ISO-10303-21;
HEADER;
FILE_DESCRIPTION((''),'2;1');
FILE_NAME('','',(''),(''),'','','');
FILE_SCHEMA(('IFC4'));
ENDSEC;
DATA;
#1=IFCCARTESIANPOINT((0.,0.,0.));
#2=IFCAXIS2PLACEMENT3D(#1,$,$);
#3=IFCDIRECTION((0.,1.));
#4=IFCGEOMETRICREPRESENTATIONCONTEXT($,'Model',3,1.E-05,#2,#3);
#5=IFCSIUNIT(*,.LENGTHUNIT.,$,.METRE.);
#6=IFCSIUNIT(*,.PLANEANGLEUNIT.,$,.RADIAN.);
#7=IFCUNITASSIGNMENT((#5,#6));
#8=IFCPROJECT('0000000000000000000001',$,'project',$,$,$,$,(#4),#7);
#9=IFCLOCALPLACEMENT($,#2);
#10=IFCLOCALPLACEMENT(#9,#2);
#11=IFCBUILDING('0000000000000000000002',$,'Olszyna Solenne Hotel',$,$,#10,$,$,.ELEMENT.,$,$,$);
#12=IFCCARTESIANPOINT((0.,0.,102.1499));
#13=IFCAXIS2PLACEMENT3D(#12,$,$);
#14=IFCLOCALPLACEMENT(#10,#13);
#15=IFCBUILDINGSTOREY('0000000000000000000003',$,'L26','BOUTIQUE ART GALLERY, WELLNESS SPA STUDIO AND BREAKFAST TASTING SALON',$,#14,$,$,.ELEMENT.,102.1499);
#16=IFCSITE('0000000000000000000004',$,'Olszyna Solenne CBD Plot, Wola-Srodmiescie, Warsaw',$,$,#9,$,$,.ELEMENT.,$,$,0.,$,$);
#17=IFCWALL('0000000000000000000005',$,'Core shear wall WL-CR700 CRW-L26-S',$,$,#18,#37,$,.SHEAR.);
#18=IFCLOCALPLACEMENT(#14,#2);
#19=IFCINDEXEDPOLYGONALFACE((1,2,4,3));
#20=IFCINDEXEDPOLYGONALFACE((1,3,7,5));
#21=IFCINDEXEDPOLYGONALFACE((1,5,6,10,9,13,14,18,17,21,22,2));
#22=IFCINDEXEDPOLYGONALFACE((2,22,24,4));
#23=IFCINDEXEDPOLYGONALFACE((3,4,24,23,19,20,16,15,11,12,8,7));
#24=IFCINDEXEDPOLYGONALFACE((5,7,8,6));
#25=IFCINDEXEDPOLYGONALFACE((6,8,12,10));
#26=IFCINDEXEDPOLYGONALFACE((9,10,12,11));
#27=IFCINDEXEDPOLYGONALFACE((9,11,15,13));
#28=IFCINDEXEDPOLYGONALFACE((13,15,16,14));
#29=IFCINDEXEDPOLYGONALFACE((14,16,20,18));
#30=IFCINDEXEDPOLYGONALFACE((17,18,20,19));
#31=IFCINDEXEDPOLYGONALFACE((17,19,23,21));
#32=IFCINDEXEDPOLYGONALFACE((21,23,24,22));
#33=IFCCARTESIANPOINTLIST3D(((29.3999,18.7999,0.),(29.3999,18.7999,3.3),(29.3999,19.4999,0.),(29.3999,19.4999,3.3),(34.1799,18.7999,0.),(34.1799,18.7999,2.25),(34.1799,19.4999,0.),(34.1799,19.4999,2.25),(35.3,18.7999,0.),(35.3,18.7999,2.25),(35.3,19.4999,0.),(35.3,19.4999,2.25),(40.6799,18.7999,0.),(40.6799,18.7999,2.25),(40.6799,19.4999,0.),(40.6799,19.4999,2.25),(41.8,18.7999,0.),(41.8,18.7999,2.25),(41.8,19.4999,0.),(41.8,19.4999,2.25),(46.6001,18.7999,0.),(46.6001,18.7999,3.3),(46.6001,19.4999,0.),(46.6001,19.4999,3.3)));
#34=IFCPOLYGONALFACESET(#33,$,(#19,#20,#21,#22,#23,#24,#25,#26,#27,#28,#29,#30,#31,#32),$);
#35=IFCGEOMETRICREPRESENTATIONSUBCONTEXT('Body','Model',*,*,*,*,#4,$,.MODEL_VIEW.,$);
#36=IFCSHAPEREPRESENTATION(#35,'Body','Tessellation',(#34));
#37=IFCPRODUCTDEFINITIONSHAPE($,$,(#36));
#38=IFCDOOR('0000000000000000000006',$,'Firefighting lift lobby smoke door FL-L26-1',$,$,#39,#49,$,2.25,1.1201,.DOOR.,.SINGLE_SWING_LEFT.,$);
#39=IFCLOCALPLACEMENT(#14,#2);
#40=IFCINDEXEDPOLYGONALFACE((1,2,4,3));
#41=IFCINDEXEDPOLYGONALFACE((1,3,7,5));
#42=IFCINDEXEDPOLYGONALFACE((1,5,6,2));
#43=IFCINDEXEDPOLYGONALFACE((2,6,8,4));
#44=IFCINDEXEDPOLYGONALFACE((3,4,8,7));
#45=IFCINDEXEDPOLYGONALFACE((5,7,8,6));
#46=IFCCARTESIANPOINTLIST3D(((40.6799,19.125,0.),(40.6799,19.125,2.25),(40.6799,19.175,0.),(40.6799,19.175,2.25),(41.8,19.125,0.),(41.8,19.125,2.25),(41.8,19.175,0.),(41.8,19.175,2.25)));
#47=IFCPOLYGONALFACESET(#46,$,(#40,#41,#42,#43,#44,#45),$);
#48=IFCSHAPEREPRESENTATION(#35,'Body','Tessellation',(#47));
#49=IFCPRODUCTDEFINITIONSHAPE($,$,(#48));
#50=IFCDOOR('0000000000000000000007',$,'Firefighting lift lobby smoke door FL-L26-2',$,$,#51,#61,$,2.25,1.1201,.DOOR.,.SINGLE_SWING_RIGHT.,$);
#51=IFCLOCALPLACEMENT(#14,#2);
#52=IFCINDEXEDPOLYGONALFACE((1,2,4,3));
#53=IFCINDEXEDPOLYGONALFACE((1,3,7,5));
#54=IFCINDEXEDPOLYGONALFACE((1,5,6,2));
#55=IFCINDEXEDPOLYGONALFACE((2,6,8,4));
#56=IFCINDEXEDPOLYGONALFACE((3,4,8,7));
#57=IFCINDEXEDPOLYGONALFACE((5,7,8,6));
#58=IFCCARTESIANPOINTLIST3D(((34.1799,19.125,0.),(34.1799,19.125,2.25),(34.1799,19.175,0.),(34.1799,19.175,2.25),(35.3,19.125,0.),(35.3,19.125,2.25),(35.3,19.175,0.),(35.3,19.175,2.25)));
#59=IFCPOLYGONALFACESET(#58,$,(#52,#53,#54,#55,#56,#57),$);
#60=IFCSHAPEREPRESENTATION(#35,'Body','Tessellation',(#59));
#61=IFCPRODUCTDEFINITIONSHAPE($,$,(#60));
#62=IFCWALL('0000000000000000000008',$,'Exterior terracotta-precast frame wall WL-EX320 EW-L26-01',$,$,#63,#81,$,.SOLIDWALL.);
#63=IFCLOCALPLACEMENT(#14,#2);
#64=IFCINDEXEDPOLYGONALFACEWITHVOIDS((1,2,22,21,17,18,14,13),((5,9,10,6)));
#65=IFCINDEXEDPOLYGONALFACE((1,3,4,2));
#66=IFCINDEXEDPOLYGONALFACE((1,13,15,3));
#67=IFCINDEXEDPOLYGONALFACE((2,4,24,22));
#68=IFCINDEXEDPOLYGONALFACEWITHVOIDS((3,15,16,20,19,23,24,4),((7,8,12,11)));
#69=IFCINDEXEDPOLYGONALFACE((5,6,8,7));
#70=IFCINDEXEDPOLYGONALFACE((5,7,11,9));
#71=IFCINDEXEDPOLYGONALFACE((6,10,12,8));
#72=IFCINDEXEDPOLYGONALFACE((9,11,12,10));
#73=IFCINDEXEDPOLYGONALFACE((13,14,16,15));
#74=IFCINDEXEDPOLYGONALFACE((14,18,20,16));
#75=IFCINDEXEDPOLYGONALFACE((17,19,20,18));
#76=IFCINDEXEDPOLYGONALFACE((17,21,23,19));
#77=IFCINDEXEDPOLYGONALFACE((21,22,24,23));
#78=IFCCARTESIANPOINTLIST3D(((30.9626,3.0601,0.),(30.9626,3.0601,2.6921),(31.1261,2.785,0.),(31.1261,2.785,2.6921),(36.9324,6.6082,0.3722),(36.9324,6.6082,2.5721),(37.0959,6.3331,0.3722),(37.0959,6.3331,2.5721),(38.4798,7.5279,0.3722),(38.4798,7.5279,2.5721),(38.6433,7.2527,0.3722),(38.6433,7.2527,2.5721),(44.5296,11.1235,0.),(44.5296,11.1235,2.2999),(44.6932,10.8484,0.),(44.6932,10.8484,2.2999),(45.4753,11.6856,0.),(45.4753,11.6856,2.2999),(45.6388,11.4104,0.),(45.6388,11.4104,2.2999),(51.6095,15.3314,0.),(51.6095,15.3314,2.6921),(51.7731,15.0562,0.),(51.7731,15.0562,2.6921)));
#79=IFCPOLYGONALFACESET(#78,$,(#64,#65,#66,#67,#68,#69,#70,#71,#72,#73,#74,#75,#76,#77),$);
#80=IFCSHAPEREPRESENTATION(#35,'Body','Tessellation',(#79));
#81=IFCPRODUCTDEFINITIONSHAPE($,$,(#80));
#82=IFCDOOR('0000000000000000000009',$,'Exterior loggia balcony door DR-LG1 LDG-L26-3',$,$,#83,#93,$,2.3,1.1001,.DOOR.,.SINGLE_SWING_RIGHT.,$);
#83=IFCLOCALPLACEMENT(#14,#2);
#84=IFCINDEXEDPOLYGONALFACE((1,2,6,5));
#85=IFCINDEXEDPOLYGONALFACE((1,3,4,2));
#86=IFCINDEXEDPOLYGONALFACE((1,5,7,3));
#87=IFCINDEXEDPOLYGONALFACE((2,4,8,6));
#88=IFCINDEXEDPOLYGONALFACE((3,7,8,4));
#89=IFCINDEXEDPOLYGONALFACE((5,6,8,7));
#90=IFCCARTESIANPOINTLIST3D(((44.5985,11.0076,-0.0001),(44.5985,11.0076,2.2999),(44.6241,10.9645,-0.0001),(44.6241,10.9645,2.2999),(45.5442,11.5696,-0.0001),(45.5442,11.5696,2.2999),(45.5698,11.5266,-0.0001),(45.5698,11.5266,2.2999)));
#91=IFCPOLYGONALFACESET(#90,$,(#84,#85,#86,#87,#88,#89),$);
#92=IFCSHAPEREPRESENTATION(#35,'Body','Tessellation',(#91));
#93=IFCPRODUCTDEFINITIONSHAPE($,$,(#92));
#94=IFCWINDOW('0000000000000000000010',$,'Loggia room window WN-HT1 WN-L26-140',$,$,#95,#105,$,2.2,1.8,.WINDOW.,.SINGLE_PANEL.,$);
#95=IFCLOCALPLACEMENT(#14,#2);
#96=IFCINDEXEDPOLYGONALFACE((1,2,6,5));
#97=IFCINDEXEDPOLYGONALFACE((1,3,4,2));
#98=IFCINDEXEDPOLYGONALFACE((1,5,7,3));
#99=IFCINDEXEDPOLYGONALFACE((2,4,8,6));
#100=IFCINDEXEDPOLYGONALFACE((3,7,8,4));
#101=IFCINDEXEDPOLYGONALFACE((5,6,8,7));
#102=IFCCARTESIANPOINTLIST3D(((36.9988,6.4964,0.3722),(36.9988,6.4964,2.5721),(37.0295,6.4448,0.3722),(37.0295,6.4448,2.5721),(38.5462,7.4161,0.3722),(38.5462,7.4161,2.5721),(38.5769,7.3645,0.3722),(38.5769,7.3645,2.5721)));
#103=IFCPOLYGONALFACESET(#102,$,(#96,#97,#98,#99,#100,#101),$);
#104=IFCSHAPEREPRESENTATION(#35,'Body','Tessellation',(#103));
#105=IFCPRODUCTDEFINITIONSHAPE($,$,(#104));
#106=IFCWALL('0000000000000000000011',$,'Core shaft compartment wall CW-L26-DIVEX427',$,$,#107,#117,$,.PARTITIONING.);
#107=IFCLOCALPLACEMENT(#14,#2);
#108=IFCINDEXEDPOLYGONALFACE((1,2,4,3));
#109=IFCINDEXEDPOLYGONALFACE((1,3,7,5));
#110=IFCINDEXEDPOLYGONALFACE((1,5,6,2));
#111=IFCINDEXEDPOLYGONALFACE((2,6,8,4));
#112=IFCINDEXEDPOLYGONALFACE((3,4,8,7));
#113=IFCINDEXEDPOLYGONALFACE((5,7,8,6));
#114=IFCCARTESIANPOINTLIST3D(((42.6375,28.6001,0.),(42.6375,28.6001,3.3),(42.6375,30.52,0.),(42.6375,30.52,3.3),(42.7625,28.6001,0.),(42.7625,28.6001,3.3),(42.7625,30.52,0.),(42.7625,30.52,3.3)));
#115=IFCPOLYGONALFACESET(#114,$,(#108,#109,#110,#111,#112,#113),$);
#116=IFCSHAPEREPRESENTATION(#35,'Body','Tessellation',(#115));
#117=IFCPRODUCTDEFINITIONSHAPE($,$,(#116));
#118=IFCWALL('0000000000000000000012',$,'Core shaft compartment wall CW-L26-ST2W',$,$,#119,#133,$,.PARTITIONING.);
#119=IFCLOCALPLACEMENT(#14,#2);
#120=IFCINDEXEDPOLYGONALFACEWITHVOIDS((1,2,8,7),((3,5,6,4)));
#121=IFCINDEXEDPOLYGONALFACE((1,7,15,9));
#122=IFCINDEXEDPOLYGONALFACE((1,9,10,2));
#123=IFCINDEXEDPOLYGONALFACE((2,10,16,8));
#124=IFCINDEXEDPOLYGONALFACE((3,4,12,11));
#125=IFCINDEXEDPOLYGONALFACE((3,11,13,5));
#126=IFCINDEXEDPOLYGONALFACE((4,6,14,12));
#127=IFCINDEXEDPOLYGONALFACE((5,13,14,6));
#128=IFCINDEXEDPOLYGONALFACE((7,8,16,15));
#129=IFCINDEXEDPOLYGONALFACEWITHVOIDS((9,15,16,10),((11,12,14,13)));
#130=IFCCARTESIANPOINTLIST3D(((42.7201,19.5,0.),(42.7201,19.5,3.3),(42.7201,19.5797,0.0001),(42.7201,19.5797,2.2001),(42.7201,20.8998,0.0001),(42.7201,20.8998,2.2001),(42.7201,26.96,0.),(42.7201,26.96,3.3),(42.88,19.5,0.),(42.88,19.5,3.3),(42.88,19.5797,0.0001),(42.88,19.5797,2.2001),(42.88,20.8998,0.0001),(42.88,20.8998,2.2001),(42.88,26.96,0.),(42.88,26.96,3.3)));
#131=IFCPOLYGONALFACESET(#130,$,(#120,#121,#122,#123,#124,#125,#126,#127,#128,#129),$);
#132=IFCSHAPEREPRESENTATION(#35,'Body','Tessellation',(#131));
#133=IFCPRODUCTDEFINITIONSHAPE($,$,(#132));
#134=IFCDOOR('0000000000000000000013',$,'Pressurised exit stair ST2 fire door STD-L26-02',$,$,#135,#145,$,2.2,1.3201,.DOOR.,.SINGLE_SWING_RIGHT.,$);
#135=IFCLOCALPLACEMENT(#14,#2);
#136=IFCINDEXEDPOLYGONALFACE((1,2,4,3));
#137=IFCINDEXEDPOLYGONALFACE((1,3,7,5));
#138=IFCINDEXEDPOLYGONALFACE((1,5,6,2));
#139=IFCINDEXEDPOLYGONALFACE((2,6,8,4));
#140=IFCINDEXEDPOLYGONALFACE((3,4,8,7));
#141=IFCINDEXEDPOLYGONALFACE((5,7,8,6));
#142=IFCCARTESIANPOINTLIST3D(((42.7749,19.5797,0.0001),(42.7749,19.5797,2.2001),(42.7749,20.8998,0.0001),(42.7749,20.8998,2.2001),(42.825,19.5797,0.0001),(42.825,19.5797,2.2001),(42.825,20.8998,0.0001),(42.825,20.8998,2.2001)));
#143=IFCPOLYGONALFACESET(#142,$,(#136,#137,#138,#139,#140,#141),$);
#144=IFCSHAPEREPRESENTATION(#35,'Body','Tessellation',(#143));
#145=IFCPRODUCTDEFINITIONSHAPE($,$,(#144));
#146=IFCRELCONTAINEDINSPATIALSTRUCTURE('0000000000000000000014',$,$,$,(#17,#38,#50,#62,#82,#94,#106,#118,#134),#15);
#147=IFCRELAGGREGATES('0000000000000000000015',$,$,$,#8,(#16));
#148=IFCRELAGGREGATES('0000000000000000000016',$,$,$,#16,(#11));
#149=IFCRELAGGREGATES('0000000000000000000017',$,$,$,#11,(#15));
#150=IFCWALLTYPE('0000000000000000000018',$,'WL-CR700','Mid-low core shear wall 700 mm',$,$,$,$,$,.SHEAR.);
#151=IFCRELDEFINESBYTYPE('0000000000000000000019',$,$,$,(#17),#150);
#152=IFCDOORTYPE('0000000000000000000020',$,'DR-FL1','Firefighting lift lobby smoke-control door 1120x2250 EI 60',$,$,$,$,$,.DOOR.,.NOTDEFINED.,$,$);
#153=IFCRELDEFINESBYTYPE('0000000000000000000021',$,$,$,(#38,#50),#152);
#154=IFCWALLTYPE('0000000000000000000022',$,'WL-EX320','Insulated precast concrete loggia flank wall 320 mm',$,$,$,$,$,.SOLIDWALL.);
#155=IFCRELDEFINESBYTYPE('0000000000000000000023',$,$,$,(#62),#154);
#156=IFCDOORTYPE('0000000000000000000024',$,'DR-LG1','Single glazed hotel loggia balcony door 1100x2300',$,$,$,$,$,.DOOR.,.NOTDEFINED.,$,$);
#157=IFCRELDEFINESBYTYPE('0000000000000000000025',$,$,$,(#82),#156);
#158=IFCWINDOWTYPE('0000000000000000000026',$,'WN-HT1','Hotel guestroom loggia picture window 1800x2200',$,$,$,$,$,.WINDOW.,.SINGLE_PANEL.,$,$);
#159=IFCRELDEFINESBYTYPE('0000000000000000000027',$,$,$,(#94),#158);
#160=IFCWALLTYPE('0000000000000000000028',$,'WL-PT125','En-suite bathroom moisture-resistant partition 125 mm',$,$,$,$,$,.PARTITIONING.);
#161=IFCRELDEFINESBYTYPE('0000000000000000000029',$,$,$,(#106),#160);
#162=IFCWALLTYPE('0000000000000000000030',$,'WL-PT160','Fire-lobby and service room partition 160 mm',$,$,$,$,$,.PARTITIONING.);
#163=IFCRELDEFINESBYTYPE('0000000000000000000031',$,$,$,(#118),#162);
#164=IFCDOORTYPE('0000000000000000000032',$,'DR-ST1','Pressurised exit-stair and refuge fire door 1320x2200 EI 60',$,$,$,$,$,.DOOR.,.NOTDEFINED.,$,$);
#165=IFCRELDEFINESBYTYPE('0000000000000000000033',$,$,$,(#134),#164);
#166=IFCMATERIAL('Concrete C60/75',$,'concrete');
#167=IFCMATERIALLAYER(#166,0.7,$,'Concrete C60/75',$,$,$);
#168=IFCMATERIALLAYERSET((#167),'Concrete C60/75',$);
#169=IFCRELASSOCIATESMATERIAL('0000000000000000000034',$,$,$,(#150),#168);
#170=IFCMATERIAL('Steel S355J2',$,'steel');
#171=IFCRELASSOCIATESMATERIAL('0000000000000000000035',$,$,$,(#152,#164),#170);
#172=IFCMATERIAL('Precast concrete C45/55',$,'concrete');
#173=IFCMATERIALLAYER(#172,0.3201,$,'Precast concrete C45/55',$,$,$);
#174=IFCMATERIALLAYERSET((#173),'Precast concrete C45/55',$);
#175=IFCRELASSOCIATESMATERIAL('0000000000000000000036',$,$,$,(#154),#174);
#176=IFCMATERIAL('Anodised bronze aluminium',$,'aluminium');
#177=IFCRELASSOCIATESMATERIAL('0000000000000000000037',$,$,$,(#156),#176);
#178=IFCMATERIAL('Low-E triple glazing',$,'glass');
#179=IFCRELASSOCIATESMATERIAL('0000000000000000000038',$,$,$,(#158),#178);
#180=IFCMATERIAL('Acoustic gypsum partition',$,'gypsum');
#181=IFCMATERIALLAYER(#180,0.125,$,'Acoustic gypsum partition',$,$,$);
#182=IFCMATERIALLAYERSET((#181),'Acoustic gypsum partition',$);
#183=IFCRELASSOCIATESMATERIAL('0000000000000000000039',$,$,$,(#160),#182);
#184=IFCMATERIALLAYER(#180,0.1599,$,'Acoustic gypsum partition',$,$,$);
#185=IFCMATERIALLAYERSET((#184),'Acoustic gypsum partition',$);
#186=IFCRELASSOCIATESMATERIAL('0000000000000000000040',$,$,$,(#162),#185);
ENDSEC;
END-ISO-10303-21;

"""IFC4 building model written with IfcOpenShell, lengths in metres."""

from ifc_helpers import new_model, si_unit, direction, frame, frame_2d, origin, place, context, subcontext, project, spatial, rectangle, extrude, source, transform, mapped, material, layer, layer_set, type_object, type_shapes, element, fill, save


model = new_model("IFC4")

# Units and contexts
model_context = context("Model", 3, precision=1e-05, world=origin(), true_north=direction((0.0, 1.0)))
body_context = subcontext(model_context, "Body", "Model", "MODEL_VIEW")
ifc_project = project(units=[si_unit("LENGTHUNIT", "METRE"), si_unit("PLANEANGLEUNIT", "RADIAN")], contexts=[model_context])

# Site, building, storey
site_placement = place(None, origin())
site = spatial("IfcSite", under=ifc_project, at=site_placement, Name="Olszyna Solenne CBD Plot, Wola-Srodmiescie, Warsaw", CompositionType="ELEMENT", RefElevation=0.0)
building_placement = place(site_placement, origin())
building = spatial("IfcBuilding", under=site, at=building_placement, Name="Olszyna Solenne Hotel", CompositionType="ELEMENT")
storey_placement = place(building_placement, frame((0.0, 0.0, 102.1499)))
storey = spatial("IfcBuildingStorey", under=building, at=storey_placement, Name="L26", Description="BOUTIQUE ART GALLERY, WELLNESS SPA STUDIO AND BREAKFAST TASTING SALON", CompositionType="ELEMENT", Elevation=102.1499)

# Shared definitions
ifc_material_1 = material(Name="Steel S355J2", Category="steel")

# Wall, openings, doors
ifc_material_2 = material(Name="Concrete C60/75", Category="concrete")
ifc_layer_1 = layer(ifc_material_2, 0.7, Name="Concrete C60/75")
ifc_layer_set_1 = layer_set([ifc_layer_1], Name="Concrete C60/75")
wall_type_1 = type_object("IfcWallType", Name="WL-CR700", Description="Mid-low core shear wall 700 mm", PredefinedType="SHEAR", material=ifc_layer_set_1)
wall_1_placement = place(storey_placement, frame((46.6001, 19.1499, 0.0), z_axis=(0.0, 0.0, 1.0), x_axis=(-1.0, 0.0, 0.0)))
wall_1 = element("IfcWall", 1, at=wall_1_placement, inside=storey, type_object=wall_type_1, Name="Core shear wall WL-CR700 CRW-L26-S", PredefinedType="SHEAR", context=body_context, shape_type="SweptSolid", body=[
    extrude(rectangle(XDim=17.2002, YDim=0.7, at=frame_2d((8.6001, 0.0))), origin(), (0.0, 0.0, 1.0), 3.3),
])
opening_1_placement = place(wall_1_placement, frame((4.8, 0.0, 0.0)))
opening_1 = element("IfcOpeningElement", 2, at=opening_1_placement, cuts=wall_1, PredefinedType="OPENING", context=body_context, shape_type="SweptSolid", body=[
    extrude(rectangle(XDim=1.1201, YDim=2.25, at=frame_2d((0.5601, 1.125))), frame((0.0, 0.3599, 0.0), z_axis=(0.0, -1.0, 0.0), x_axis=(1.0, 0.0, 0.0)), (0.0, 0.0, 1.0), 0.72),
])
opening_2_placement = place(wall_1_placement, frame((11.3, 0.0, 0.0)))
opening_2 = element("IfcOpeningElement", 3, at=opening_2_placement, cuts=wall_1, PredefinedType="OPENING", context=body_context, shape_type="SweptSolid", body=[
    extrude(rectangle(XDim=1.1201, YDim=2.25, at=frame_2d((0.5601, 1.125))), frame((0.0, 0.3599, 0.0), z_axis=(0.0, -1.0, 0.0), x_axis=(1.0, 0.0, 0.0)), (0.0, 0.0, 1.0), 0.72),
])
door_type_1 = type_object("IfcDoorType", Name="DR-FL1", Description="Firefighting lift lobby smoke-control door 1120x2250 EI 60", OperationType="NOTDEFINED", PredefinedType="DOOR", material=ifc_material_1)
shared_shape_1 = source(origin(), body_context, "Body", "SweptSolid", [
    extrude(rectangle(XDim=1.1201, YDim=2.25, at=frame_2d((0.5601, 1.125))), frame((0.0, 0.0249, 0.0), z_axis=(0.0, -1.0, 0.0), x_axis=(1.0, 0.0, 0.0)), (0.0, 0.0, 1.0), 0.05),
])
type_shapes(door_type_1, [shared_shape_1])
door_1_placement = place(opening_1_placement, origin())
door_1 = element("IfcDoor", 4, at=door_1_placement, inside=storey, type_object=door_type_1, Name="Firefighting lift lobby smoke door FL-L26-1", OperationType="SINGLE_SWING_LEFT", OverallHeight=2.25, OverallWidth=1.1201, PredefinedType="DOOR", context=body_context, shape_type="MappedRepresentation", body=[
    mapped(shared_shape_1, transform((0.0, 0.0, 0.0), x_axis=(1.0, 0.0, 0.0), y_axis=(0.0, 1.0, 0.0), z_axis=(0.0, 0.0, 1.0), scale=1.0)),
])
fill(opening_1, door_1)
door_2_placement = place(opening_2_placement, origin())
door_2 = element("IfcDoor", 5, at=door_2_placement, inside=storey, type_object=door_type_1, Name="Firefighting lift lobby smoke door FL-L26-2", OperationType="SINGLE_SWING_RIGHT", OverallHeight=2.25, OverallWidth=1.1201, PredefinedType="DOOR", context=body_context, shape_type="MappedRepresentation", body=[
    mapped(shared_shape_1, transform((0.0, 0.0, 0.0), x_axis=(1.0, 0.0, 0.0), y_axis=(0.0, 1.0, 0.0), z_axis=(0.0, 0.0, 1.0), scale=1.0)),
])
fill(opening_2, door_2)

# Wall, openings, door, window
ifc_material_3 = material(Name="Precast concrete C45/55", Category="concrete")
ifc_layer_2 = layer(ifc_material_3, 0.3201, Name="Precast concrete C45/55")
ifc_layer_set_2 = layer_set([ifc_layer_2], Name="Precast concrete C45/55")
wall_type_2 = type_object("IfcWallType", Name="WL-EX320", Description="Insulated precast concrete loggia flank wall 320 mm", PredefinedType="SOLIDWALL", material=ifc_layer_set_2)
wall_2_placement = place(storey_placement, frame((51.6914, 15.1938, 0.0), z_axis=(0.0, 0.0, 1.0), x_axis=(-0.859634, -0.510911, 0.0)))
wall_2 = element("IfcWall", 6, at=wall_2_placement, inside=storey, type_object=wall_type_2, Name="Exterior terracotta-precast frame wall WL-EX320 EW-L26-01", PredefinedType="SOLIDWALL", context=body_context, shape_type="SweptSolid", body=[
    extrude(rectangle(XDim=24.0183, YDim=0.3201, at=frame_2d((12.0093, 0.0))), origin(), (0.0, 0.0, 1.0), 2.6921),
])
opening_3_placement = place(wall_2_placement, frame((7.136, 0.0, 0.0)))
opening_3 = element("IfcOpeningElement", 7, at=opening_3_placement, cuts=wall_2, PredefinedType="OPENING", context=body_context, shape_type="SweptSolid", body=[
    extrude(rectangle(XDim=1.1001, YDim=2.3, at=frame_2d((0.55, 1.1499))), frame((0.0, 0.1699, 0.0), z_axis=(0.0, -1.0, 0.0), x_axis=(1.0, 0.0, 0.0)), (0.0, 0.0, 1.0), 0.3401),
])
opening_4_placement = place(wall_2_placement, frame((15.2739, 0.0, 0.3721)))
opening_4 = element("IfcOpeningElement", 8, at=opening_4_placement, cuts=wall_2, PredefinedType="OPENING", context=body_context, shape_type="SweptSolid", body=[
    extrude(rectangle(XDim=1.8, YDim=2.2, at=frame_2d((0.8999, 1.1001))), frame((0.0, 0.1699, 0.0), z_axis=(0.0, -1.0, 0.0), x_axis=(1.0, 0.0, 0.0)), (0.0, 0.0, 1.0), 0.3401),
])
ifc_material_4 = material(Name="Anodised bronze aluminium", Category="aluminium")
door_type_2 = type_object("IfcDoorType", Name="DR-LG1", Description="Single glazed hotel loggia balcony door 1100x2300", OperationType="NOTDEFINED", PredefinedType="DOOR", material=ifc_material_4)
shared_shape_2 = source(origin(), body_context, "Body", "SweptSolid", [
    extrude(rectangle(XDim=1.1001, YDim=2.3, at=frame_2d((0.55, 1.1499))), frame((0.0, 0.0249, 0.0), z_axis=(0.0, -1.0, 0.0), x_axis=(1.0, 0.0, 0.0)), (0.0, 0.0, 1.0), 0.05),
])
type_shapes(door_type_2, [shared_shape_2])
door_3_placement = place(opening_3_placement, origin())
door_3 = element("IfcDoor", 9, at=door_3_placement, inside=storey, type_object=door_type_2, Name="Exterior loggia balcony door DR-LG1 LDG-L26-3", OperationType="SINGLE_SWING_RIGHT", OverallHeight=2.3, OverallWidth=1.1001, PredefinedType="DOOR", context=body_context, shape_type="MappedRepresentation", body=[
    mapped(shared_shape_2, transform((0.0, 0.0, 0.0), x_axis=(1.0, 0.0, 0.0), y_axis=(0.0, 1.0, 0.0), z_axis=(0.0, 0.0, 1.0), scale=1.0)),
])
fill(opening_3, door_3)
ifc_material_5 = material(Name="Low-E triple glazing", Category="glass")
window_type = type_object("IfcWindowType", Name="WN-HT1", Description="Hotel guestroom loggia picture window 1800x2200", PartitioningType="SINGLE_PANEL", PredefinedType="WINDOW", material=ifc_material_5)
shared_shape_3 = source(origin(), body_context, "Body", "SweptSolid", [
    extrude(rectangle(XDim=1.8, YDim=2.2, at=frame_2d((0.8999, 1.1001))), frame((0.0, 0.03, 0.0), z_axis=(0.0, -1.0, 0.0), x_axis=(1.0, 0.0, 0.0)), (0.0, 0.0, 1.0), 0.0601),
])
type_shapes(window_type, [shared_shape_3])
window_placement = place(opening_4_placement, origin())
window = element("IfcWindow", 10, at=window_placement, inside=storey, type_object=window_type, Name="Loggia room window WN-HT1 WN-L26-140", OverallHeight=2.2, OverallWidth=1.8, PartitioningType="SINGLE_PANEL", PredefinedType="WINDOW", context=body_context, shape_type="MappedRepresentation", body=[
    mapped(shared_shape_3, transform((0.0, 0.0, 0.0), x_axis=(1.0, 0.0, 0.0), y_axis=(0.0, 1.0, 0.0), z_axis=(0.0, 0.0, 1.0), scale=1.0)),
])
fill(opening_4, window)

# Wall
ifc_material_6 = material(Name="Acoustic gypsum partition", Category="gypsum")
ifc_layer_3 = layer(ifc_material_6, 0.125, Name="Acoustic gypsum partition")
ifc_layer_set_3 = layer_set([ifc_layer_3], Name="Acoustic gypsum partition")
wall_type_3 = type_object("IfcWallType", Name="WL-PT125", Description="En-suite bathroom moisture-resistant partition 125 mm", PredefinedType="PARTITIONING", material=ifc_layer_set_3)
wall_3_placement = place(storey_placement, frame((42.7, 28.6001, 0.0), z_axis=(0.0, 0.0, 1.0), x_axis=(0.0, 1.0, 0.0)))
element("IfcWall", 11, at=wall_3_placement, inside=storey, type_object=wall_type_3, Name="Core shaft compartment wall CW-L26-DIVEX427", PredefinedType="PARTITIONING", context=body_context, shape_type="SweptSolid", body=[
    extrude(rectangle(XDim=1.9199, YDim=0.125, at=frame_2d((0.96, 0.0))), origin(), (0.0, 0.0, 1.0), 3.3),
])

# Wall, opening, door
ifc_layer_4 = layer(ifc_material_6, 0.1599, Name="Acoustic gypsum partition")
ifc_layer_set_4 = layer_set([ifc_layer_4], Name="Acoustic gypsum partition")
wall_type_4 = type_object("IfcWallType", Name="WL-PT160", Description="Fire-lobby and service room partition 160 mm", PredefinedType="PARTITIONING", material=ifc_layer_set_4)
wall_4_placement = place(storey_placement, frame((42.8, 26.96, 0.0), z_axis=(0.0, 0.0, 1.0), x_axis=(0.0, -1.0, 0.0)))
wall_4 = element("IfcWall", 12, at=wall_4_placement, inside=storey, type_object=wall_type_4, Name="Core shaft compartment wall CW-L26-ST2W", PredefinedType="PARTITIONING", context=body_context, shape_type="SweptSolid", body=[
    extrude(rectangle(XDim=7.46, YDim=0.1599, at=frame_2d((3.73, 0.0))), origin(), (0.0, 0.0, 1.0), 3.3),
])
opening_5_placement = place(wall_4_placement, frame((6.0601, 0.0, 0.0)))
opening_5 = element("IfcOpeningElement", 13, at=opening_5_placement, cuts=wall_4, PredefinedType="OPENING", context=body_context, shape_type="SweptSolid", body=[
    extrude(rectangle(XDim=1.3201, YDim=2.2, at=frame_2d((0.6602, 1.1001))), frame((0.0, 0.0898, 0.0), z_axis=(0.0, -1.0, 0.0), x_axis=(1.0, 0.0, 0.0)), (0.0, 0.0, 1.0), 0.1799),
])
door_type_3 = type_object("IfcDoorType", Name="DR-ST1", Description="Pressurised exit-stair and refuge fire door 1320x2200 EI 60", OperationType="NOTDEFINED", PredefinedType="DOOR", material=ifc_material_1)
shared_shape_4 = source(origin(), body_context, "Body", "SweptSolid", [
    extrude(rectangle(XDim=1.3201, YDim=2.2, at=frame_2d((0.6602, 1.1001))), frame((0.0, 0.0249, 0.0), z_axis=(0.0, -1.0, 0.0), x_axis=(1.0, 0.0, 0.0)), (0.0, 0.0, 1.0), 0.05),
])
type_shapes(door_type_3, [shared_shape_4])
door_4_placement = place(opening_5_placement, origin())
door_4 = element("IfcDoor", 14, at=door_4_placement, inside=storey, type_object=door_type_3, Name="Pressurised exit stair ST2 fire door STD-L26-02", OperationType="SINGLE_SWING_RIGHT", OverallHeight=2.2, OverallWidth=1.3201, PredefinedType="DOOR", context=body_context, shape_type="MappedRepresentation", body=[
    mapped(shared_shape_4, transform((0.0, 0.0, 0.0), x_axis=(1.0, 0.0, 0.0), y_axis=(0.0, 1.0, 0.0), z_axis=(0.0, 0.0, 1.0), scale=1.0)),
])
fill(opening_5, door_4)

save(model, "model.ifc")
